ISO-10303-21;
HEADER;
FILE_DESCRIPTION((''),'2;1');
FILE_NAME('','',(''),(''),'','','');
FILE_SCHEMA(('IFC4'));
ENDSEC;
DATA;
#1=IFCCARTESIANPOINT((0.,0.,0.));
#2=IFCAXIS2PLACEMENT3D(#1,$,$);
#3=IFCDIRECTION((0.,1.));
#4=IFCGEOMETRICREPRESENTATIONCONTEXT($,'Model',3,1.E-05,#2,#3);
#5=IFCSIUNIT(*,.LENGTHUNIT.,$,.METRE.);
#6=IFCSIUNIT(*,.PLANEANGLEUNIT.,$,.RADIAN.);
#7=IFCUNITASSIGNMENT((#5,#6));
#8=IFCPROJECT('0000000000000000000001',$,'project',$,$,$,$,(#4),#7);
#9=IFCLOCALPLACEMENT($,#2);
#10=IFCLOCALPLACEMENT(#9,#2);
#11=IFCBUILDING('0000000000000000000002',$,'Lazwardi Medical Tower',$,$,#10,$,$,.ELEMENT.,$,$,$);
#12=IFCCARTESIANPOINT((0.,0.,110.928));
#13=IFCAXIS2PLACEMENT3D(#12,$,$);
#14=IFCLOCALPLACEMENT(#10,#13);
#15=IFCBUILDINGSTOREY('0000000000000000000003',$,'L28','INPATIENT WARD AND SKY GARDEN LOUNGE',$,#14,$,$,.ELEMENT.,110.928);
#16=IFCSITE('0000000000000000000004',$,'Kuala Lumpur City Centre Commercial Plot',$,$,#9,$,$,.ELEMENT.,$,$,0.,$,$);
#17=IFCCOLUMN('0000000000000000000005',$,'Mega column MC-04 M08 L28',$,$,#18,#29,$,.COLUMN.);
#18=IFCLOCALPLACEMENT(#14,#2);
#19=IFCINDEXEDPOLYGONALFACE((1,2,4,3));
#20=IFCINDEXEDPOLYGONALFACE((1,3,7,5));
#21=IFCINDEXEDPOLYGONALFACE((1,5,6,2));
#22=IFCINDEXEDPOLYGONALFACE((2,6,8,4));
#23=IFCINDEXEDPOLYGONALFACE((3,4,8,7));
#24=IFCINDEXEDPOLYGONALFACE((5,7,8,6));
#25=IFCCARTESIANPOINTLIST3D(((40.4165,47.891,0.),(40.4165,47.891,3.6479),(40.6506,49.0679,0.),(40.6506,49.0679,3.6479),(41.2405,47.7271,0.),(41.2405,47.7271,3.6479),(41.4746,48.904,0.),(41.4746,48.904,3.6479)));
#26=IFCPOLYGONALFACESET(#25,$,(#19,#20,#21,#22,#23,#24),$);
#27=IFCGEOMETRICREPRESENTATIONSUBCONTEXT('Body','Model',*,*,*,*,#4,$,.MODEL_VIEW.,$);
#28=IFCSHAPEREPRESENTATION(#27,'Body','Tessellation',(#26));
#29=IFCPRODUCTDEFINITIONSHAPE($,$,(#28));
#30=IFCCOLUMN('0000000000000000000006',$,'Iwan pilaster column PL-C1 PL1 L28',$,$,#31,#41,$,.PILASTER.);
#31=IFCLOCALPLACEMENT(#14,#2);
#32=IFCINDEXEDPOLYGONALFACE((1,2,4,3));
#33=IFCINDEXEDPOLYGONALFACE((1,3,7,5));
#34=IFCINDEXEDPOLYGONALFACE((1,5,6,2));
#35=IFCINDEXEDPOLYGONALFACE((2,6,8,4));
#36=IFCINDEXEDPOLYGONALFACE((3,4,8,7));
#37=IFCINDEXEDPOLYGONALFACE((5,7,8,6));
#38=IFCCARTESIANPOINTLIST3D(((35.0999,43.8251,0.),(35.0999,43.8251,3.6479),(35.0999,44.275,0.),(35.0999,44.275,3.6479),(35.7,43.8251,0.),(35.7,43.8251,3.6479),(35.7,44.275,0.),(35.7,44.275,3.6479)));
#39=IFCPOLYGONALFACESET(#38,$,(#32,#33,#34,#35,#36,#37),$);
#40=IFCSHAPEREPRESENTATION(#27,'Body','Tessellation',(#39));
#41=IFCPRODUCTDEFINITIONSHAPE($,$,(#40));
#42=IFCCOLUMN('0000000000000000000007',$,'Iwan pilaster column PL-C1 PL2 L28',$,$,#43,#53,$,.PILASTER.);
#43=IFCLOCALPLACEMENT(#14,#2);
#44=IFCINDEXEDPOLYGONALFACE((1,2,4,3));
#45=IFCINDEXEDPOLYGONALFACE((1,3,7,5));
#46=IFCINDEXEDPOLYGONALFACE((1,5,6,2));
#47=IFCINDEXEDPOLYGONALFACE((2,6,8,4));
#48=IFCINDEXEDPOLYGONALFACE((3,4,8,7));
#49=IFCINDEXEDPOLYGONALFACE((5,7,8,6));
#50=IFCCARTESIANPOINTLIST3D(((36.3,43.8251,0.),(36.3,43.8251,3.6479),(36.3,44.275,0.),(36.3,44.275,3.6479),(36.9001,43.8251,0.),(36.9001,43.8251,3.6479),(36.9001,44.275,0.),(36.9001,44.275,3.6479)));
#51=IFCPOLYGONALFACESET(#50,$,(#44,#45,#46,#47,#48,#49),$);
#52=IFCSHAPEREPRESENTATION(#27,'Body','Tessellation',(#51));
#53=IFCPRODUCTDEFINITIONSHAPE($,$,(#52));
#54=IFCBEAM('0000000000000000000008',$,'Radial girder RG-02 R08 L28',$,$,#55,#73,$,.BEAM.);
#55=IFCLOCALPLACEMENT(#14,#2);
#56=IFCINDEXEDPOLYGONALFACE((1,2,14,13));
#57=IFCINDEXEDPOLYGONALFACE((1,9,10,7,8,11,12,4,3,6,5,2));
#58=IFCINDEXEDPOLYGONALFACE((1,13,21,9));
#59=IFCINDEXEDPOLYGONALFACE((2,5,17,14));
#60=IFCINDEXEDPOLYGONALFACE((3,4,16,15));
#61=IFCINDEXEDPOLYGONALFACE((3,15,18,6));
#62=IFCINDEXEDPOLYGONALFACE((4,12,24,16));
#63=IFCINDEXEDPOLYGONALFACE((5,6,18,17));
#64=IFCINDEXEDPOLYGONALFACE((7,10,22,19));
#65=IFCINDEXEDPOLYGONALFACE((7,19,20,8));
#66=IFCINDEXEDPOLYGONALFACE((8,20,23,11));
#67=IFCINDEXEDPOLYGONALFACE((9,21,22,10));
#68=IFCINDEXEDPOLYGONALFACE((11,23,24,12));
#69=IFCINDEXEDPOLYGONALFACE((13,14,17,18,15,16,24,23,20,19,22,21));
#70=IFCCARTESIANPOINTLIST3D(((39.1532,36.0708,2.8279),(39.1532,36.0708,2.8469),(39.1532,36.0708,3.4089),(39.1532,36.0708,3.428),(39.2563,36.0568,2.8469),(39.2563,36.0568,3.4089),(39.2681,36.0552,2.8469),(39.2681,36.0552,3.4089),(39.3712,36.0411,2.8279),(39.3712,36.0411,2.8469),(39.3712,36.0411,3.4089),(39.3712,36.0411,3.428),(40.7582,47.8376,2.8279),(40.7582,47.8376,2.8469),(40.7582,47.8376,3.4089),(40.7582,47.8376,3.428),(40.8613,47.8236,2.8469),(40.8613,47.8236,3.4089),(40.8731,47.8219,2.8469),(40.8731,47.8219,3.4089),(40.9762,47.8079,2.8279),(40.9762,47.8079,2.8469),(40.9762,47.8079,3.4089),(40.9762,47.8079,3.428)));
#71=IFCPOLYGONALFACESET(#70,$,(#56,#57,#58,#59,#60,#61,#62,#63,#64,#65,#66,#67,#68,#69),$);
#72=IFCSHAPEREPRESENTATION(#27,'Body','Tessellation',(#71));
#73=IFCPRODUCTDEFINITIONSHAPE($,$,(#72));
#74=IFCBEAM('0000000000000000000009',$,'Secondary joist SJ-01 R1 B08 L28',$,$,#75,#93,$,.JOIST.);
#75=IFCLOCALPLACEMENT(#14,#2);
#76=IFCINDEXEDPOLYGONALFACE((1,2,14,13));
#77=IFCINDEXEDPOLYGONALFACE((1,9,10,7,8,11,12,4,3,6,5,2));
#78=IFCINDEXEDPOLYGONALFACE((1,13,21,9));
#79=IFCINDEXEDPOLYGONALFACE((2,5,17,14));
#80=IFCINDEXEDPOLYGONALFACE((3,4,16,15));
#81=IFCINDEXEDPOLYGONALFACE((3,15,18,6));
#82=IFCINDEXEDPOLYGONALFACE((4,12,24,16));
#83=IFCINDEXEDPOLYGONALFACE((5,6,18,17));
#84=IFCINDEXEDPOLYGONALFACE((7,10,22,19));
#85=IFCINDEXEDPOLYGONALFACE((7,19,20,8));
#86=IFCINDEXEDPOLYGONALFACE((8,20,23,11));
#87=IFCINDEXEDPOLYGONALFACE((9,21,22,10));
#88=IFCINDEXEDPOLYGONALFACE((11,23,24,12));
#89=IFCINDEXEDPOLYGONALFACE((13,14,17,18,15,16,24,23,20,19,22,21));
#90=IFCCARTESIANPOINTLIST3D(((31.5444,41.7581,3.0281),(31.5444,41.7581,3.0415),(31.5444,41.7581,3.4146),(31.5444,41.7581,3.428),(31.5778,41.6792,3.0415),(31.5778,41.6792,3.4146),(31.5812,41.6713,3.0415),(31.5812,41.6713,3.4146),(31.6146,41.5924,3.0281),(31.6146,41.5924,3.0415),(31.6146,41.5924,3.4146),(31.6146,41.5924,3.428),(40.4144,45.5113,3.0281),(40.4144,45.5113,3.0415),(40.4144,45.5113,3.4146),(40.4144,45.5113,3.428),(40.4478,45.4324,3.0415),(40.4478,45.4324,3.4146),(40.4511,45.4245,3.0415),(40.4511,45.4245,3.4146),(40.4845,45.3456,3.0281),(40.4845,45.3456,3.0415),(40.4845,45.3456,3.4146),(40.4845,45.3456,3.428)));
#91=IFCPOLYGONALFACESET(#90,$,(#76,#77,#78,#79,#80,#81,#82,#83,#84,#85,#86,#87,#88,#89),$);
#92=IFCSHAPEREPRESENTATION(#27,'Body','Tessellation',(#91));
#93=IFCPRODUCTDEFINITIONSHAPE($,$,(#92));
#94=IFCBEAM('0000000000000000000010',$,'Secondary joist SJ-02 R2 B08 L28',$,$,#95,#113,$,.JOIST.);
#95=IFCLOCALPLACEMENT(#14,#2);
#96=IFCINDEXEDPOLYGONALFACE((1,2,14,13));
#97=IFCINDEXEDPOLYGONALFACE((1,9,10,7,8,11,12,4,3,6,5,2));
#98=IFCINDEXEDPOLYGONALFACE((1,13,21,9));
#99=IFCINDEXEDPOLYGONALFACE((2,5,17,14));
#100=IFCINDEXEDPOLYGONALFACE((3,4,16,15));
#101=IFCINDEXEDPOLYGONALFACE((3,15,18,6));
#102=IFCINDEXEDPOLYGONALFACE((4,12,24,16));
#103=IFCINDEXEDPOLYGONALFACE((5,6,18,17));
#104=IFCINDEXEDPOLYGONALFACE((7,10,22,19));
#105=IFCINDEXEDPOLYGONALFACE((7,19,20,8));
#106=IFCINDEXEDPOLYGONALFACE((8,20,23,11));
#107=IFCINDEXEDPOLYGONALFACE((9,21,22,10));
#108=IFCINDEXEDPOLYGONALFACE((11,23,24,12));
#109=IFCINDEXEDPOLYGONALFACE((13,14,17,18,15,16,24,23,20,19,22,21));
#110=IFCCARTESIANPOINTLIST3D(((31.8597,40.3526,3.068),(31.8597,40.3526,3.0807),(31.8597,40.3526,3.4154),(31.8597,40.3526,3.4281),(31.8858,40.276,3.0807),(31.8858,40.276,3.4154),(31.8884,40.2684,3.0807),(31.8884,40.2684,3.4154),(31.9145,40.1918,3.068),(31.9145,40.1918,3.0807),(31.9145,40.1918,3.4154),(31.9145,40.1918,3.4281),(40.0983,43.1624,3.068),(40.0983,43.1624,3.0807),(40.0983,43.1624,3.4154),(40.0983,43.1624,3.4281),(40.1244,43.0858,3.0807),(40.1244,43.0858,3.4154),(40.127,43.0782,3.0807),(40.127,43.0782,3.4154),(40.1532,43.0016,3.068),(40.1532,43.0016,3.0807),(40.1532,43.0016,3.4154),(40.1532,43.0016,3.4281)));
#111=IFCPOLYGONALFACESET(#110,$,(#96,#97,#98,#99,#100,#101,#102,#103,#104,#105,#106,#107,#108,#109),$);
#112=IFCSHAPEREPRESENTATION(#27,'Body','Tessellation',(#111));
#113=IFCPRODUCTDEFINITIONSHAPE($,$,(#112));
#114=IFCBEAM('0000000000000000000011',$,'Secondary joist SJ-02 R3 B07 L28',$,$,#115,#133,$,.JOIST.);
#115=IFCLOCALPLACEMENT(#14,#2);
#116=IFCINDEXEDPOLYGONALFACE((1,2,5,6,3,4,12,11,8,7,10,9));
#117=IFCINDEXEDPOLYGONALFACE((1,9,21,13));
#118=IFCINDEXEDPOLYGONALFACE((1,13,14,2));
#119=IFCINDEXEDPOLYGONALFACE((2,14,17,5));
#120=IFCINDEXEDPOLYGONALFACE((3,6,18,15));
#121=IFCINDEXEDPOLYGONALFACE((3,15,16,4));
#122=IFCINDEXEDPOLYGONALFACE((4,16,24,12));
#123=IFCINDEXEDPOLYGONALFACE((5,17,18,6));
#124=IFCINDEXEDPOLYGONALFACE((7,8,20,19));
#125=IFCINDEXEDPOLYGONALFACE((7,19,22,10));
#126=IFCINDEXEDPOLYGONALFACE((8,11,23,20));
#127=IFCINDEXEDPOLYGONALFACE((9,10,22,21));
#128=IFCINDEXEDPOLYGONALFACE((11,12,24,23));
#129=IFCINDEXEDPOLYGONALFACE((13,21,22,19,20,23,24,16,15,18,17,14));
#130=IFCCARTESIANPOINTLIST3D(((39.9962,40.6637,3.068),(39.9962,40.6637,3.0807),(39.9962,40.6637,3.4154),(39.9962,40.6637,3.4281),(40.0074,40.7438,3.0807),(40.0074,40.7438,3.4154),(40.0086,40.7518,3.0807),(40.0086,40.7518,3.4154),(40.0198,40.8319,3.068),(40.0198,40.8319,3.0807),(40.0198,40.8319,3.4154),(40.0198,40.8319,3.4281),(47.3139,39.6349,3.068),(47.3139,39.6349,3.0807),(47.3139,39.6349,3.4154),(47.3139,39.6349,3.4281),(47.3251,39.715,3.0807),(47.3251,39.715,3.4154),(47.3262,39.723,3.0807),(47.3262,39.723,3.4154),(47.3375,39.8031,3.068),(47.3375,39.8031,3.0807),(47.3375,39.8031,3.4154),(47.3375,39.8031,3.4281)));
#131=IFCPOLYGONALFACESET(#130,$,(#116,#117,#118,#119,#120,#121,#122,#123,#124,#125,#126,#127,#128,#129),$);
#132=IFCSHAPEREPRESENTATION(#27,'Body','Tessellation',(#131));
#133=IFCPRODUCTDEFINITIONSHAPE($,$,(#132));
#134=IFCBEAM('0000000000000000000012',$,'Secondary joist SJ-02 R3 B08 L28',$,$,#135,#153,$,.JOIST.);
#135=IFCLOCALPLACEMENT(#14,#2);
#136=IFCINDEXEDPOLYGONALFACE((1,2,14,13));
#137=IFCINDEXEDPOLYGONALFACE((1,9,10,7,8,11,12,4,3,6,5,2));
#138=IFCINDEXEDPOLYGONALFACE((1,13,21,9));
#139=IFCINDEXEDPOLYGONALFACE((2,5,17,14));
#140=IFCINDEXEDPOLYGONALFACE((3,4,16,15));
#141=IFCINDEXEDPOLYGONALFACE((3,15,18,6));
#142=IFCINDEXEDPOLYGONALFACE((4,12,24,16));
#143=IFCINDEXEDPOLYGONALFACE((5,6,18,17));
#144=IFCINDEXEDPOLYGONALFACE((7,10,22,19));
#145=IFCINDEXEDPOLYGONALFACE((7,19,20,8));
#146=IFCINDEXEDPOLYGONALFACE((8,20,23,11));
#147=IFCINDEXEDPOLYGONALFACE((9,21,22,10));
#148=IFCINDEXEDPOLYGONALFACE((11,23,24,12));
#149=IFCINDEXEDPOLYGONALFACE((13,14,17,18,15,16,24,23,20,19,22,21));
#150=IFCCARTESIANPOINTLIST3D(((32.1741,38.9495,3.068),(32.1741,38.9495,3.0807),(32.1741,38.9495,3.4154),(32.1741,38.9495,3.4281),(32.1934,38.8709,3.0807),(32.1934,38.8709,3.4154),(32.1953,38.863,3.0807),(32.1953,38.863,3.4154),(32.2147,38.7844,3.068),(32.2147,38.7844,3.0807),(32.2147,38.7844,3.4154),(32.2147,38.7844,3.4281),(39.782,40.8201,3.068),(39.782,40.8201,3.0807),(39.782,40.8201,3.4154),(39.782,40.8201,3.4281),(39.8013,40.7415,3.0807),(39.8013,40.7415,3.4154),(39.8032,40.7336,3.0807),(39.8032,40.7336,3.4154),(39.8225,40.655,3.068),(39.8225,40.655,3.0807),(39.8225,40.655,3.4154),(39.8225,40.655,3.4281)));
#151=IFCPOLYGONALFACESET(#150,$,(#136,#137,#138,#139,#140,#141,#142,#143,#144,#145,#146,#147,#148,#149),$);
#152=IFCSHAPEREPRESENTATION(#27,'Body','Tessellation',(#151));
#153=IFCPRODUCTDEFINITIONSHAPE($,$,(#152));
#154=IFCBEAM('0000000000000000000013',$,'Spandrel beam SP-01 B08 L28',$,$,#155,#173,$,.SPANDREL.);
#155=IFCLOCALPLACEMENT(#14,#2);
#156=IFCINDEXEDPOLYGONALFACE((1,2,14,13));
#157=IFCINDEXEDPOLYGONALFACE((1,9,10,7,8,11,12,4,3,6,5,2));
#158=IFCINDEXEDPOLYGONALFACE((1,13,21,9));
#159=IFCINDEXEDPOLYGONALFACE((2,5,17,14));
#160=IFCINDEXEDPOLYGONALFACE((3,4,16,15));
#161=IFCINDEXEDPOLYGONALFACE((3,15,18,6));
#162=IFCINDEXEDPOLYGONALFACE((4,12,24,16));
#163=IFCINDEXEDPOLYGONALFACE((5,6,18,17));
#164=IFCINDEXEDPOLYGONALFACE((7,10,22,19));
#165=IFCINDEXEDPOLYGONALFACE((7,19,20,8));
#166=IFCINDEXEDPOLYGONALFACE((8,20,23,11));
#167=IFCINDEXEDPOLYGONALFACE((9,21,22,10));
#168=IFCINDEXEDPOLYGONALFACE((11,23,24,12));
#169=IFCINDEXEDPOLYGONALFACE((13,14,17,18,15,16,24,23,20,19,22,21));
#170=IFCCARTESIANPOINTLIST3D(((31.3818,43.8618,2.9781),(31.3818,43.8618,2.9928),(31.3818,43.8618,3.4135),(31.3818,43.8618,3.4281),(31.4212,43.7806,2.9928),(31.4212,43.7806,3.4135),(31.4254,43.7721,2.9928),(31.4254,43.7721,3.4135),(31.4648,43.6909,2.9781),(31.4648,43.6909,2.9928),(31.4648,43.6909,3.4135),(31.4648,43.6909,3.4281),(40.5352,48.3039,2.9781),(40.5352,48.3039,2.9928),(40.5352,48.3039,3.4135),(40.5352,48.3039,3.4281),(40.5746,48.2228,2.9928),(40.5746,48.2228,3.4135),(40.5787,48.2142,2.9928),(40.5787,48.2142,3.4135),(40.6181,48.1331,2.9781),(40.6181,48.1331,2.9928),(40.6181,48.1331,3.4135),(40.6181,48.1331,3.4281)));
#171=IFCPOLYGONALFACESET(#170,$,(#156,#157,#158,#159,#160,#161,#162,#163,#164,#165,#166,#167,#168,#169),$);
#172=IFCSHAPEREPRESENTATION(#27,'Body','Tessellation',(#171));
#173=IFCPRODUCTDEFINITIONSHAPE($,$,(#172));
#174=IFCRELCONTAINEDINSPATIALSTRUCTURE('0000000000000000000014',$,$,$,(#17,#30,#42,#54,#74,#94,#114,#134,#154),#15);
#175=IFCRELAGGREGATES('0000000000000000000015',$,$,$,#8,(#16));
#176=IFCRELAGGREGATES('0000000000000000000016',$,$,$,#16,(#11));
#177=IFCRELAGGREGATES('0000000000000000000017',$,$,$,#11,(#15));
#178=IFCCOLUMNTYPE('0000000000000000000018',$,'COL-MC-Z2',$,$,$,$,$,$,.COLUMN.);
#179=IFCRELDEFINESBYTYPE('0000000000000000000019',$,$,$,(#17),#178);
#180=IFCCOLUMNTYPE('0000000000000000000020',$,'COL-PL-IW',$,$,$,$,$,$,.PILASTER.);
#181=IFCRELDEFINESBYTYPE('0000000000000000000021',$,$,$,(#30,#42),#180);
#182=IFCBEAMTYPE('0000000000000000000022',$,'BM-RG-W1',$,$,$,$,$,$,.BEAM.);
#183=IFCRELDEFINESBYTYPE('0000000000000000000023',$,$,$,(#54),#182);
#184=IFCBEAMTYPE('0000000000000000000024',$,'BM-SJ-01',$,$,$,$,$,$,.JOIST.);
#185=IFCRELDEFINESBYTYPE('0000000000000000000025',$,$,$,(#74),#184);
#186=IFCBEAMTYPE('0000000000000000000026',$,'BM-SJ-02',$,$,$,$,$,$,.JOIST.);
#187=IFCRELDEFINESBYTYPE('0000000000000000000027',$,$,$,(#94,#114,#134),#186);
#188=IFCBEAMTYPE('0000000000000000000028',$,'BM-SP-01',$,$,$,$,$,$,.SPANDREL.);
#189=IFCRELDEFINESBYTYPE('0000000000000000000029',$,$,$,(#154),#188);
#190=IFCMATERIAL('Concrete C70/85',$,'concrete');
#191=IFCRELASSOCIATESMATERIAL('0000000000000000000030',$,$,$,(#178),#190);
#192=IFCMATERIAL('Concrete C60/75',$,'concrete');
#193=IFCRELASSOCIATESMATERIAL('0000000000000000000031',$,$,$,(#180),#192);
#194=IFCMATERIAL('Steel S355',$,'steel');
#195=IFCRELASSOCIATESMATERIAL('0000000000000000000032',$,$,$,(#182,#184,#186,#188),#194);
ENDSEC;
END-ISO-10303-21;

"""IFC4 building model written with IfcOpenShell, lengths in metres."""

from ifc_helpers import new_model, si_unit, direction, frame, origin, origin_2d, place, context, subcontext, project, spatial, rectangle, i_section, extrude, material, material_profile, profile_set, type_object, element, save


model = new_model("IFC4")

# Units and contexts
model_context = context("Model", 3, precision=1e-05, world=origin(), true_north=direction((0.0, 1.0)))
body_context = subcontext(model_context, "Body", "Model", "MODEL_VIEW")
ifc_project = project(units=[si_unit("LENGTHUNIT", "METRE"), si_unit("PLANEANGLEUNIT", "RADIAN")], contexts=[model_context])

# Site, building, storey
site_placement = place(None, origin())
site = spatial("IfcSite", under=ifc_project, at=site_placement, Name="Kuala Lumpur City Centre Commercial Plot", CompositionType="ELEMENT", RefElevation=0.0)
building_placement = place(site_placement, origin())
building = spatial("IfcBuilding", under=site, at=building_placement, Name="Lazwardi Medical Tower", CompositionType="ELEMENT")
storey_placement = place(building_placement, frame((0.0, 0.0, 110.928)))
storey = spatial("IfcBuildingStorey", under=building, at=storey_placement, Name="L28", Description="INPATIENT WARD AND SKY GARDEN LOUNGE", CompositionType="ELEMENT", Elevation=110.928)

# Columns
ifc_material_1 = material(Name="Concrete C70/85", Category="concrete")
ifc_material_profile_1 = material_profile(ifc_material_1, rectangle(XDim=1.2, YDim=0.8401, at=origin_2d()), Name="CFT-RECT 1200x840")
ifc_profile_set_1 = profile_set([ifc_material_profile_1], Name="Concrete C70/85")
column_type_1 = type_object("IfcColumnType", Name="COL-MC-Z2", PredefinedType="COLUMN", material=ifc_profile_set_1)
column_placement = place(storey_placement, frame((40.9456, 48.3975, 0.0), z_axis=(0.0, 0.0, 1.0), x_axis=(0.19509, 0.980785, 0.0)))
element("IfcColumn", 1, at=column_placement, inside=storey, type_object=column_type_1, Name="Mega column MC-04 M08 L28", PredefinedType="COLUMN", context=body_context, shape_type="SweptSolid", body=[
    extrude(rectangle(XDim=1.2, YDim=0.8401, at=origin_2d()), origin(), (0.0, 0.0, 1.0), 3.6479),
])
ifc_material_2 = material(Name="Concrete C60/75", Category="concrete")
ifc_material_profile_2 = material_profile(ifc_material_2, rectangle(XDim=0.6001, YDim=0.45, at=origin_2d()), Name="RC 600x450")
ifc_profile_set_2 = profile_set([ifc_material_profile_2], Name="Concrete C60/75")
column_type_2 = type_object("IfcColumnType", Name="COL-PL-IW", PredefinedType="PILASTER", material=ifc_profile_set_2)
for number, where, z_axis, x_axis, name in (
    (2, (35.3999, 44.05, 0.0), (0.0, 0.0, 1.0), (1.0, 0.0, 0.0), "Iwan pilaster column PL-C1 PL1 L28"),
    (3, (36.6001, 44.05, 0.0), (0.0, 0.0, 1.0), (1.0, 0.0, 0.0), "Iwan pilaster column PL-C1 PL2 L28"),
):
    element("IfcColumn", number, at=place(storey_placement, frame(where, z_axis=z_axis, x_axis=x_axis)), inside=storey, type_object=column_type_2, Name=name, PredefinedType="PILASTER", context=body_context, shape_type="SweptSolid", body=[
        extrude(rectangle(XDim=0.6001, YDim=0.45, at=origin_2d()), origin(), (0.0, 0.0, 1.0), 3.6479),
    ])

# Beams
ifc_material_3 = material(Name="Steel S355", Category="steel")
ifc_material_profile_3 = material_profile(ifc_material_3, i_section(OverallWidth=0.22, OverallDepth=0.6001, WebThickness=0.012, FlangeThickness=0.019, at=origin_2d()), Name="IPE 600")
ifc_profile_set_3 = profile_set([ifc_material_profile_3], Name="Steel S355")
beam_type_1 = type_object("IfcBeamType", Name="BM-RG-W1", PredefinedType="BEAM", material=ifc_profile_set_3)
beam_1_placement = place(storey_placement, frame((40.8672, 47.8228, 3.1279), z_axis=(-0.135147, -0.990826, 0.0), x_axis=(0.990826, -0.135147, 0.0)))
element("IfcBeam", 4, at=beam_1_placement, inside=storey, type_object=beam_type_1, Name="Radial girder RG-02 R08 L28", PredefinedType="BEAM", context=body_context, shape_type="SweptSolid", body=[
    extrude(i_section(OverallWidth=0.22, OverallDepth=0.6001, WebThickness=0.012, FlangeThickness=0.019, at=origin_2d()), origin(), (0.0, 0.0, 1.0), 11.8757),
])
ifc_material_profile_4 = material_profile(ifc_material_3, i_section(OverallWidth=0.1799, OverallDepth=0.3999, WebThickness=0.0085, FlangeThickness=0.0134, at=origin_2d()), Name="IPE 400")
ifc_profile_set_4 = profile_set([ifc_material_profile_4], Name="Steel S355")
beam_type_2 = type_object("IfcBeamType", Name="BM-SJ-01", PredefinedType="JOIST", material=ifc_profile_set_4)
beam_2_placement = place(storey_placement, frame((40.4495, 45.4285, 3.228), z_axis=(-0.920947, -0.389687, 0.0), x_axis=(0.389687, -0.920947, 0.0)))
element("IfcBeam", 5, at=beam_2_placement, inside=storey, type_object=beam_type_2, Name="Secondary joist SJ-01 R1 B08 L28", PredefinedType="JOIST", context=body_context, shape_type="SweptSolid", body=[
    extrude(i_section(OverallWidth=0.1799, OverallDepth=0.3999, WebThickness=0.0085, FlangeThickness=0.0134, at=origin_2d()), origin(), (0.0, 0.0, 1.0), 9.6313),
])
ifc_material_profile_5 = material_profile(ifc_material_3, i_section(OverallWidth=0.1699, OverallDepth=0.3601, WebThickness=0.0081, FlangeThickness=0.0127, at=origin_2d()), Name="IPE 360")
ifc_profile_set_5 = profile_set([ifc_material_profile_5], Name="Steel S355")
beam_type_3 = type_object("IfcBeamType", Name="BM-SJ-02", PredefinedType="JOIST", material=ifc_profile_set_5)
beam_3_placement = place(storey_placement, frame((40.1257, 43.082, 3.248), z_axis=(-0.946467, -0.3228, 0.0), x_axis=(0.3228, -0.946467, 0.0)))
element("IfcBeam", 6, at=beam_3_placement, inside=storey, type_object=beam_type_3, Name="Secondary joist SJ-02 R2 B08 L28", PredefinedType="JOIST", context=body_context, shape_type="SweptSolid", body=[
    extrude(i_section(OverallWidth=0.1699, OverallDepth=0.3601, WebThickness=0.0081, FlangeThickness=0.0127, at=origin_2d()), origin(), (0.0, 0.0, 1.0), 8.7046),
])
beam_4_placement = place(storey_placement, frame((47.3257, 39.719, 3.248), z_axis=(-0.990261, 0.139224, 0.0), x_axis=(-0.139224, -0.990261, 0.0)))
element("IfcBeam", 7, at=beam_4_placement, inside=storey, type_object=beam_type_3, Name="Secondary joist SJ-02 R3 B07 L28", PredefinedType="JOIST", context=body_context, shape_type="SweptSolid", body=[
    extrude(i_section(OverallWidth=0.1699, OverallDepth=0.3601, WebThickness=0.0081, FlangeThickness=0.0127, at=origin_2d()), origin(), (0.0, 0.0, 1.0), 7.3896),
])
beam_5_placement = place(storey_placement, frame((39.8022, 40.7375, 3.248), z_axis=(-0.971077, -0.238765, 0.0), x_axis=(0.238765, -0.971077, 0.0)))
element("IfcBeam", 8, at=beam_5_placement, inside=storey, type_object=beam_type_3, Name="Secondary joist SJ-02 R3 B08 L28", PredefinedType="JOIST", context=body_context, shape_type="SweptSolid", body=[
    extrude(i_section(OverallWidth=0.1699, OverallDepth=0.3601, WebThickness=0.0081, FlangeThickness=0.0127, at=origin_2d()), origin(), (0.0, 0.0, 1.0), 7.8345),
])
ifc_material_profile_6 = material_profile(ifc_material_3, i_section(OverallWidth=0.1899, OverallDepth=0.45, WebThickness=0.0095, FlangeThickness=0.0146, at=origin_2d()), Name="IPE 450")
ifc_profile_set_6 = profile_set([ifc_material_profile_6], Name="Steel S355")
beam_type_4 = type_object("IfcBeamType", Name="BM-SP-01", PredefinedType="SPANDREL", material=ifc_profile_set_6)
beam_6_placement = place(storey_placement, frame((40.5767, 48.2185, 3.2031), z_axis=(-0.899653, -0.436605, 0.0), x_axis=(0.436605, -0.899653, 0.0)))
element("IfcBeam", 9, at=beam_6_placement, inside=storey, type_object=beam_type_4, Name="Spandrel beam SP-01 B08 L28", PredefinedType="SPANDREL", context=body_context, shape_type="SweptSolid", body=[
    extrude(i_section(OverallWidth=0.1899, OverallDepth=0.45, WebThickness=0.0095, FlangeThickness=0.0146, at=origin_2d()), origin(), (0.0, 0.0, 1.0), 10.1743),
])

save(model, "model.ifc")
